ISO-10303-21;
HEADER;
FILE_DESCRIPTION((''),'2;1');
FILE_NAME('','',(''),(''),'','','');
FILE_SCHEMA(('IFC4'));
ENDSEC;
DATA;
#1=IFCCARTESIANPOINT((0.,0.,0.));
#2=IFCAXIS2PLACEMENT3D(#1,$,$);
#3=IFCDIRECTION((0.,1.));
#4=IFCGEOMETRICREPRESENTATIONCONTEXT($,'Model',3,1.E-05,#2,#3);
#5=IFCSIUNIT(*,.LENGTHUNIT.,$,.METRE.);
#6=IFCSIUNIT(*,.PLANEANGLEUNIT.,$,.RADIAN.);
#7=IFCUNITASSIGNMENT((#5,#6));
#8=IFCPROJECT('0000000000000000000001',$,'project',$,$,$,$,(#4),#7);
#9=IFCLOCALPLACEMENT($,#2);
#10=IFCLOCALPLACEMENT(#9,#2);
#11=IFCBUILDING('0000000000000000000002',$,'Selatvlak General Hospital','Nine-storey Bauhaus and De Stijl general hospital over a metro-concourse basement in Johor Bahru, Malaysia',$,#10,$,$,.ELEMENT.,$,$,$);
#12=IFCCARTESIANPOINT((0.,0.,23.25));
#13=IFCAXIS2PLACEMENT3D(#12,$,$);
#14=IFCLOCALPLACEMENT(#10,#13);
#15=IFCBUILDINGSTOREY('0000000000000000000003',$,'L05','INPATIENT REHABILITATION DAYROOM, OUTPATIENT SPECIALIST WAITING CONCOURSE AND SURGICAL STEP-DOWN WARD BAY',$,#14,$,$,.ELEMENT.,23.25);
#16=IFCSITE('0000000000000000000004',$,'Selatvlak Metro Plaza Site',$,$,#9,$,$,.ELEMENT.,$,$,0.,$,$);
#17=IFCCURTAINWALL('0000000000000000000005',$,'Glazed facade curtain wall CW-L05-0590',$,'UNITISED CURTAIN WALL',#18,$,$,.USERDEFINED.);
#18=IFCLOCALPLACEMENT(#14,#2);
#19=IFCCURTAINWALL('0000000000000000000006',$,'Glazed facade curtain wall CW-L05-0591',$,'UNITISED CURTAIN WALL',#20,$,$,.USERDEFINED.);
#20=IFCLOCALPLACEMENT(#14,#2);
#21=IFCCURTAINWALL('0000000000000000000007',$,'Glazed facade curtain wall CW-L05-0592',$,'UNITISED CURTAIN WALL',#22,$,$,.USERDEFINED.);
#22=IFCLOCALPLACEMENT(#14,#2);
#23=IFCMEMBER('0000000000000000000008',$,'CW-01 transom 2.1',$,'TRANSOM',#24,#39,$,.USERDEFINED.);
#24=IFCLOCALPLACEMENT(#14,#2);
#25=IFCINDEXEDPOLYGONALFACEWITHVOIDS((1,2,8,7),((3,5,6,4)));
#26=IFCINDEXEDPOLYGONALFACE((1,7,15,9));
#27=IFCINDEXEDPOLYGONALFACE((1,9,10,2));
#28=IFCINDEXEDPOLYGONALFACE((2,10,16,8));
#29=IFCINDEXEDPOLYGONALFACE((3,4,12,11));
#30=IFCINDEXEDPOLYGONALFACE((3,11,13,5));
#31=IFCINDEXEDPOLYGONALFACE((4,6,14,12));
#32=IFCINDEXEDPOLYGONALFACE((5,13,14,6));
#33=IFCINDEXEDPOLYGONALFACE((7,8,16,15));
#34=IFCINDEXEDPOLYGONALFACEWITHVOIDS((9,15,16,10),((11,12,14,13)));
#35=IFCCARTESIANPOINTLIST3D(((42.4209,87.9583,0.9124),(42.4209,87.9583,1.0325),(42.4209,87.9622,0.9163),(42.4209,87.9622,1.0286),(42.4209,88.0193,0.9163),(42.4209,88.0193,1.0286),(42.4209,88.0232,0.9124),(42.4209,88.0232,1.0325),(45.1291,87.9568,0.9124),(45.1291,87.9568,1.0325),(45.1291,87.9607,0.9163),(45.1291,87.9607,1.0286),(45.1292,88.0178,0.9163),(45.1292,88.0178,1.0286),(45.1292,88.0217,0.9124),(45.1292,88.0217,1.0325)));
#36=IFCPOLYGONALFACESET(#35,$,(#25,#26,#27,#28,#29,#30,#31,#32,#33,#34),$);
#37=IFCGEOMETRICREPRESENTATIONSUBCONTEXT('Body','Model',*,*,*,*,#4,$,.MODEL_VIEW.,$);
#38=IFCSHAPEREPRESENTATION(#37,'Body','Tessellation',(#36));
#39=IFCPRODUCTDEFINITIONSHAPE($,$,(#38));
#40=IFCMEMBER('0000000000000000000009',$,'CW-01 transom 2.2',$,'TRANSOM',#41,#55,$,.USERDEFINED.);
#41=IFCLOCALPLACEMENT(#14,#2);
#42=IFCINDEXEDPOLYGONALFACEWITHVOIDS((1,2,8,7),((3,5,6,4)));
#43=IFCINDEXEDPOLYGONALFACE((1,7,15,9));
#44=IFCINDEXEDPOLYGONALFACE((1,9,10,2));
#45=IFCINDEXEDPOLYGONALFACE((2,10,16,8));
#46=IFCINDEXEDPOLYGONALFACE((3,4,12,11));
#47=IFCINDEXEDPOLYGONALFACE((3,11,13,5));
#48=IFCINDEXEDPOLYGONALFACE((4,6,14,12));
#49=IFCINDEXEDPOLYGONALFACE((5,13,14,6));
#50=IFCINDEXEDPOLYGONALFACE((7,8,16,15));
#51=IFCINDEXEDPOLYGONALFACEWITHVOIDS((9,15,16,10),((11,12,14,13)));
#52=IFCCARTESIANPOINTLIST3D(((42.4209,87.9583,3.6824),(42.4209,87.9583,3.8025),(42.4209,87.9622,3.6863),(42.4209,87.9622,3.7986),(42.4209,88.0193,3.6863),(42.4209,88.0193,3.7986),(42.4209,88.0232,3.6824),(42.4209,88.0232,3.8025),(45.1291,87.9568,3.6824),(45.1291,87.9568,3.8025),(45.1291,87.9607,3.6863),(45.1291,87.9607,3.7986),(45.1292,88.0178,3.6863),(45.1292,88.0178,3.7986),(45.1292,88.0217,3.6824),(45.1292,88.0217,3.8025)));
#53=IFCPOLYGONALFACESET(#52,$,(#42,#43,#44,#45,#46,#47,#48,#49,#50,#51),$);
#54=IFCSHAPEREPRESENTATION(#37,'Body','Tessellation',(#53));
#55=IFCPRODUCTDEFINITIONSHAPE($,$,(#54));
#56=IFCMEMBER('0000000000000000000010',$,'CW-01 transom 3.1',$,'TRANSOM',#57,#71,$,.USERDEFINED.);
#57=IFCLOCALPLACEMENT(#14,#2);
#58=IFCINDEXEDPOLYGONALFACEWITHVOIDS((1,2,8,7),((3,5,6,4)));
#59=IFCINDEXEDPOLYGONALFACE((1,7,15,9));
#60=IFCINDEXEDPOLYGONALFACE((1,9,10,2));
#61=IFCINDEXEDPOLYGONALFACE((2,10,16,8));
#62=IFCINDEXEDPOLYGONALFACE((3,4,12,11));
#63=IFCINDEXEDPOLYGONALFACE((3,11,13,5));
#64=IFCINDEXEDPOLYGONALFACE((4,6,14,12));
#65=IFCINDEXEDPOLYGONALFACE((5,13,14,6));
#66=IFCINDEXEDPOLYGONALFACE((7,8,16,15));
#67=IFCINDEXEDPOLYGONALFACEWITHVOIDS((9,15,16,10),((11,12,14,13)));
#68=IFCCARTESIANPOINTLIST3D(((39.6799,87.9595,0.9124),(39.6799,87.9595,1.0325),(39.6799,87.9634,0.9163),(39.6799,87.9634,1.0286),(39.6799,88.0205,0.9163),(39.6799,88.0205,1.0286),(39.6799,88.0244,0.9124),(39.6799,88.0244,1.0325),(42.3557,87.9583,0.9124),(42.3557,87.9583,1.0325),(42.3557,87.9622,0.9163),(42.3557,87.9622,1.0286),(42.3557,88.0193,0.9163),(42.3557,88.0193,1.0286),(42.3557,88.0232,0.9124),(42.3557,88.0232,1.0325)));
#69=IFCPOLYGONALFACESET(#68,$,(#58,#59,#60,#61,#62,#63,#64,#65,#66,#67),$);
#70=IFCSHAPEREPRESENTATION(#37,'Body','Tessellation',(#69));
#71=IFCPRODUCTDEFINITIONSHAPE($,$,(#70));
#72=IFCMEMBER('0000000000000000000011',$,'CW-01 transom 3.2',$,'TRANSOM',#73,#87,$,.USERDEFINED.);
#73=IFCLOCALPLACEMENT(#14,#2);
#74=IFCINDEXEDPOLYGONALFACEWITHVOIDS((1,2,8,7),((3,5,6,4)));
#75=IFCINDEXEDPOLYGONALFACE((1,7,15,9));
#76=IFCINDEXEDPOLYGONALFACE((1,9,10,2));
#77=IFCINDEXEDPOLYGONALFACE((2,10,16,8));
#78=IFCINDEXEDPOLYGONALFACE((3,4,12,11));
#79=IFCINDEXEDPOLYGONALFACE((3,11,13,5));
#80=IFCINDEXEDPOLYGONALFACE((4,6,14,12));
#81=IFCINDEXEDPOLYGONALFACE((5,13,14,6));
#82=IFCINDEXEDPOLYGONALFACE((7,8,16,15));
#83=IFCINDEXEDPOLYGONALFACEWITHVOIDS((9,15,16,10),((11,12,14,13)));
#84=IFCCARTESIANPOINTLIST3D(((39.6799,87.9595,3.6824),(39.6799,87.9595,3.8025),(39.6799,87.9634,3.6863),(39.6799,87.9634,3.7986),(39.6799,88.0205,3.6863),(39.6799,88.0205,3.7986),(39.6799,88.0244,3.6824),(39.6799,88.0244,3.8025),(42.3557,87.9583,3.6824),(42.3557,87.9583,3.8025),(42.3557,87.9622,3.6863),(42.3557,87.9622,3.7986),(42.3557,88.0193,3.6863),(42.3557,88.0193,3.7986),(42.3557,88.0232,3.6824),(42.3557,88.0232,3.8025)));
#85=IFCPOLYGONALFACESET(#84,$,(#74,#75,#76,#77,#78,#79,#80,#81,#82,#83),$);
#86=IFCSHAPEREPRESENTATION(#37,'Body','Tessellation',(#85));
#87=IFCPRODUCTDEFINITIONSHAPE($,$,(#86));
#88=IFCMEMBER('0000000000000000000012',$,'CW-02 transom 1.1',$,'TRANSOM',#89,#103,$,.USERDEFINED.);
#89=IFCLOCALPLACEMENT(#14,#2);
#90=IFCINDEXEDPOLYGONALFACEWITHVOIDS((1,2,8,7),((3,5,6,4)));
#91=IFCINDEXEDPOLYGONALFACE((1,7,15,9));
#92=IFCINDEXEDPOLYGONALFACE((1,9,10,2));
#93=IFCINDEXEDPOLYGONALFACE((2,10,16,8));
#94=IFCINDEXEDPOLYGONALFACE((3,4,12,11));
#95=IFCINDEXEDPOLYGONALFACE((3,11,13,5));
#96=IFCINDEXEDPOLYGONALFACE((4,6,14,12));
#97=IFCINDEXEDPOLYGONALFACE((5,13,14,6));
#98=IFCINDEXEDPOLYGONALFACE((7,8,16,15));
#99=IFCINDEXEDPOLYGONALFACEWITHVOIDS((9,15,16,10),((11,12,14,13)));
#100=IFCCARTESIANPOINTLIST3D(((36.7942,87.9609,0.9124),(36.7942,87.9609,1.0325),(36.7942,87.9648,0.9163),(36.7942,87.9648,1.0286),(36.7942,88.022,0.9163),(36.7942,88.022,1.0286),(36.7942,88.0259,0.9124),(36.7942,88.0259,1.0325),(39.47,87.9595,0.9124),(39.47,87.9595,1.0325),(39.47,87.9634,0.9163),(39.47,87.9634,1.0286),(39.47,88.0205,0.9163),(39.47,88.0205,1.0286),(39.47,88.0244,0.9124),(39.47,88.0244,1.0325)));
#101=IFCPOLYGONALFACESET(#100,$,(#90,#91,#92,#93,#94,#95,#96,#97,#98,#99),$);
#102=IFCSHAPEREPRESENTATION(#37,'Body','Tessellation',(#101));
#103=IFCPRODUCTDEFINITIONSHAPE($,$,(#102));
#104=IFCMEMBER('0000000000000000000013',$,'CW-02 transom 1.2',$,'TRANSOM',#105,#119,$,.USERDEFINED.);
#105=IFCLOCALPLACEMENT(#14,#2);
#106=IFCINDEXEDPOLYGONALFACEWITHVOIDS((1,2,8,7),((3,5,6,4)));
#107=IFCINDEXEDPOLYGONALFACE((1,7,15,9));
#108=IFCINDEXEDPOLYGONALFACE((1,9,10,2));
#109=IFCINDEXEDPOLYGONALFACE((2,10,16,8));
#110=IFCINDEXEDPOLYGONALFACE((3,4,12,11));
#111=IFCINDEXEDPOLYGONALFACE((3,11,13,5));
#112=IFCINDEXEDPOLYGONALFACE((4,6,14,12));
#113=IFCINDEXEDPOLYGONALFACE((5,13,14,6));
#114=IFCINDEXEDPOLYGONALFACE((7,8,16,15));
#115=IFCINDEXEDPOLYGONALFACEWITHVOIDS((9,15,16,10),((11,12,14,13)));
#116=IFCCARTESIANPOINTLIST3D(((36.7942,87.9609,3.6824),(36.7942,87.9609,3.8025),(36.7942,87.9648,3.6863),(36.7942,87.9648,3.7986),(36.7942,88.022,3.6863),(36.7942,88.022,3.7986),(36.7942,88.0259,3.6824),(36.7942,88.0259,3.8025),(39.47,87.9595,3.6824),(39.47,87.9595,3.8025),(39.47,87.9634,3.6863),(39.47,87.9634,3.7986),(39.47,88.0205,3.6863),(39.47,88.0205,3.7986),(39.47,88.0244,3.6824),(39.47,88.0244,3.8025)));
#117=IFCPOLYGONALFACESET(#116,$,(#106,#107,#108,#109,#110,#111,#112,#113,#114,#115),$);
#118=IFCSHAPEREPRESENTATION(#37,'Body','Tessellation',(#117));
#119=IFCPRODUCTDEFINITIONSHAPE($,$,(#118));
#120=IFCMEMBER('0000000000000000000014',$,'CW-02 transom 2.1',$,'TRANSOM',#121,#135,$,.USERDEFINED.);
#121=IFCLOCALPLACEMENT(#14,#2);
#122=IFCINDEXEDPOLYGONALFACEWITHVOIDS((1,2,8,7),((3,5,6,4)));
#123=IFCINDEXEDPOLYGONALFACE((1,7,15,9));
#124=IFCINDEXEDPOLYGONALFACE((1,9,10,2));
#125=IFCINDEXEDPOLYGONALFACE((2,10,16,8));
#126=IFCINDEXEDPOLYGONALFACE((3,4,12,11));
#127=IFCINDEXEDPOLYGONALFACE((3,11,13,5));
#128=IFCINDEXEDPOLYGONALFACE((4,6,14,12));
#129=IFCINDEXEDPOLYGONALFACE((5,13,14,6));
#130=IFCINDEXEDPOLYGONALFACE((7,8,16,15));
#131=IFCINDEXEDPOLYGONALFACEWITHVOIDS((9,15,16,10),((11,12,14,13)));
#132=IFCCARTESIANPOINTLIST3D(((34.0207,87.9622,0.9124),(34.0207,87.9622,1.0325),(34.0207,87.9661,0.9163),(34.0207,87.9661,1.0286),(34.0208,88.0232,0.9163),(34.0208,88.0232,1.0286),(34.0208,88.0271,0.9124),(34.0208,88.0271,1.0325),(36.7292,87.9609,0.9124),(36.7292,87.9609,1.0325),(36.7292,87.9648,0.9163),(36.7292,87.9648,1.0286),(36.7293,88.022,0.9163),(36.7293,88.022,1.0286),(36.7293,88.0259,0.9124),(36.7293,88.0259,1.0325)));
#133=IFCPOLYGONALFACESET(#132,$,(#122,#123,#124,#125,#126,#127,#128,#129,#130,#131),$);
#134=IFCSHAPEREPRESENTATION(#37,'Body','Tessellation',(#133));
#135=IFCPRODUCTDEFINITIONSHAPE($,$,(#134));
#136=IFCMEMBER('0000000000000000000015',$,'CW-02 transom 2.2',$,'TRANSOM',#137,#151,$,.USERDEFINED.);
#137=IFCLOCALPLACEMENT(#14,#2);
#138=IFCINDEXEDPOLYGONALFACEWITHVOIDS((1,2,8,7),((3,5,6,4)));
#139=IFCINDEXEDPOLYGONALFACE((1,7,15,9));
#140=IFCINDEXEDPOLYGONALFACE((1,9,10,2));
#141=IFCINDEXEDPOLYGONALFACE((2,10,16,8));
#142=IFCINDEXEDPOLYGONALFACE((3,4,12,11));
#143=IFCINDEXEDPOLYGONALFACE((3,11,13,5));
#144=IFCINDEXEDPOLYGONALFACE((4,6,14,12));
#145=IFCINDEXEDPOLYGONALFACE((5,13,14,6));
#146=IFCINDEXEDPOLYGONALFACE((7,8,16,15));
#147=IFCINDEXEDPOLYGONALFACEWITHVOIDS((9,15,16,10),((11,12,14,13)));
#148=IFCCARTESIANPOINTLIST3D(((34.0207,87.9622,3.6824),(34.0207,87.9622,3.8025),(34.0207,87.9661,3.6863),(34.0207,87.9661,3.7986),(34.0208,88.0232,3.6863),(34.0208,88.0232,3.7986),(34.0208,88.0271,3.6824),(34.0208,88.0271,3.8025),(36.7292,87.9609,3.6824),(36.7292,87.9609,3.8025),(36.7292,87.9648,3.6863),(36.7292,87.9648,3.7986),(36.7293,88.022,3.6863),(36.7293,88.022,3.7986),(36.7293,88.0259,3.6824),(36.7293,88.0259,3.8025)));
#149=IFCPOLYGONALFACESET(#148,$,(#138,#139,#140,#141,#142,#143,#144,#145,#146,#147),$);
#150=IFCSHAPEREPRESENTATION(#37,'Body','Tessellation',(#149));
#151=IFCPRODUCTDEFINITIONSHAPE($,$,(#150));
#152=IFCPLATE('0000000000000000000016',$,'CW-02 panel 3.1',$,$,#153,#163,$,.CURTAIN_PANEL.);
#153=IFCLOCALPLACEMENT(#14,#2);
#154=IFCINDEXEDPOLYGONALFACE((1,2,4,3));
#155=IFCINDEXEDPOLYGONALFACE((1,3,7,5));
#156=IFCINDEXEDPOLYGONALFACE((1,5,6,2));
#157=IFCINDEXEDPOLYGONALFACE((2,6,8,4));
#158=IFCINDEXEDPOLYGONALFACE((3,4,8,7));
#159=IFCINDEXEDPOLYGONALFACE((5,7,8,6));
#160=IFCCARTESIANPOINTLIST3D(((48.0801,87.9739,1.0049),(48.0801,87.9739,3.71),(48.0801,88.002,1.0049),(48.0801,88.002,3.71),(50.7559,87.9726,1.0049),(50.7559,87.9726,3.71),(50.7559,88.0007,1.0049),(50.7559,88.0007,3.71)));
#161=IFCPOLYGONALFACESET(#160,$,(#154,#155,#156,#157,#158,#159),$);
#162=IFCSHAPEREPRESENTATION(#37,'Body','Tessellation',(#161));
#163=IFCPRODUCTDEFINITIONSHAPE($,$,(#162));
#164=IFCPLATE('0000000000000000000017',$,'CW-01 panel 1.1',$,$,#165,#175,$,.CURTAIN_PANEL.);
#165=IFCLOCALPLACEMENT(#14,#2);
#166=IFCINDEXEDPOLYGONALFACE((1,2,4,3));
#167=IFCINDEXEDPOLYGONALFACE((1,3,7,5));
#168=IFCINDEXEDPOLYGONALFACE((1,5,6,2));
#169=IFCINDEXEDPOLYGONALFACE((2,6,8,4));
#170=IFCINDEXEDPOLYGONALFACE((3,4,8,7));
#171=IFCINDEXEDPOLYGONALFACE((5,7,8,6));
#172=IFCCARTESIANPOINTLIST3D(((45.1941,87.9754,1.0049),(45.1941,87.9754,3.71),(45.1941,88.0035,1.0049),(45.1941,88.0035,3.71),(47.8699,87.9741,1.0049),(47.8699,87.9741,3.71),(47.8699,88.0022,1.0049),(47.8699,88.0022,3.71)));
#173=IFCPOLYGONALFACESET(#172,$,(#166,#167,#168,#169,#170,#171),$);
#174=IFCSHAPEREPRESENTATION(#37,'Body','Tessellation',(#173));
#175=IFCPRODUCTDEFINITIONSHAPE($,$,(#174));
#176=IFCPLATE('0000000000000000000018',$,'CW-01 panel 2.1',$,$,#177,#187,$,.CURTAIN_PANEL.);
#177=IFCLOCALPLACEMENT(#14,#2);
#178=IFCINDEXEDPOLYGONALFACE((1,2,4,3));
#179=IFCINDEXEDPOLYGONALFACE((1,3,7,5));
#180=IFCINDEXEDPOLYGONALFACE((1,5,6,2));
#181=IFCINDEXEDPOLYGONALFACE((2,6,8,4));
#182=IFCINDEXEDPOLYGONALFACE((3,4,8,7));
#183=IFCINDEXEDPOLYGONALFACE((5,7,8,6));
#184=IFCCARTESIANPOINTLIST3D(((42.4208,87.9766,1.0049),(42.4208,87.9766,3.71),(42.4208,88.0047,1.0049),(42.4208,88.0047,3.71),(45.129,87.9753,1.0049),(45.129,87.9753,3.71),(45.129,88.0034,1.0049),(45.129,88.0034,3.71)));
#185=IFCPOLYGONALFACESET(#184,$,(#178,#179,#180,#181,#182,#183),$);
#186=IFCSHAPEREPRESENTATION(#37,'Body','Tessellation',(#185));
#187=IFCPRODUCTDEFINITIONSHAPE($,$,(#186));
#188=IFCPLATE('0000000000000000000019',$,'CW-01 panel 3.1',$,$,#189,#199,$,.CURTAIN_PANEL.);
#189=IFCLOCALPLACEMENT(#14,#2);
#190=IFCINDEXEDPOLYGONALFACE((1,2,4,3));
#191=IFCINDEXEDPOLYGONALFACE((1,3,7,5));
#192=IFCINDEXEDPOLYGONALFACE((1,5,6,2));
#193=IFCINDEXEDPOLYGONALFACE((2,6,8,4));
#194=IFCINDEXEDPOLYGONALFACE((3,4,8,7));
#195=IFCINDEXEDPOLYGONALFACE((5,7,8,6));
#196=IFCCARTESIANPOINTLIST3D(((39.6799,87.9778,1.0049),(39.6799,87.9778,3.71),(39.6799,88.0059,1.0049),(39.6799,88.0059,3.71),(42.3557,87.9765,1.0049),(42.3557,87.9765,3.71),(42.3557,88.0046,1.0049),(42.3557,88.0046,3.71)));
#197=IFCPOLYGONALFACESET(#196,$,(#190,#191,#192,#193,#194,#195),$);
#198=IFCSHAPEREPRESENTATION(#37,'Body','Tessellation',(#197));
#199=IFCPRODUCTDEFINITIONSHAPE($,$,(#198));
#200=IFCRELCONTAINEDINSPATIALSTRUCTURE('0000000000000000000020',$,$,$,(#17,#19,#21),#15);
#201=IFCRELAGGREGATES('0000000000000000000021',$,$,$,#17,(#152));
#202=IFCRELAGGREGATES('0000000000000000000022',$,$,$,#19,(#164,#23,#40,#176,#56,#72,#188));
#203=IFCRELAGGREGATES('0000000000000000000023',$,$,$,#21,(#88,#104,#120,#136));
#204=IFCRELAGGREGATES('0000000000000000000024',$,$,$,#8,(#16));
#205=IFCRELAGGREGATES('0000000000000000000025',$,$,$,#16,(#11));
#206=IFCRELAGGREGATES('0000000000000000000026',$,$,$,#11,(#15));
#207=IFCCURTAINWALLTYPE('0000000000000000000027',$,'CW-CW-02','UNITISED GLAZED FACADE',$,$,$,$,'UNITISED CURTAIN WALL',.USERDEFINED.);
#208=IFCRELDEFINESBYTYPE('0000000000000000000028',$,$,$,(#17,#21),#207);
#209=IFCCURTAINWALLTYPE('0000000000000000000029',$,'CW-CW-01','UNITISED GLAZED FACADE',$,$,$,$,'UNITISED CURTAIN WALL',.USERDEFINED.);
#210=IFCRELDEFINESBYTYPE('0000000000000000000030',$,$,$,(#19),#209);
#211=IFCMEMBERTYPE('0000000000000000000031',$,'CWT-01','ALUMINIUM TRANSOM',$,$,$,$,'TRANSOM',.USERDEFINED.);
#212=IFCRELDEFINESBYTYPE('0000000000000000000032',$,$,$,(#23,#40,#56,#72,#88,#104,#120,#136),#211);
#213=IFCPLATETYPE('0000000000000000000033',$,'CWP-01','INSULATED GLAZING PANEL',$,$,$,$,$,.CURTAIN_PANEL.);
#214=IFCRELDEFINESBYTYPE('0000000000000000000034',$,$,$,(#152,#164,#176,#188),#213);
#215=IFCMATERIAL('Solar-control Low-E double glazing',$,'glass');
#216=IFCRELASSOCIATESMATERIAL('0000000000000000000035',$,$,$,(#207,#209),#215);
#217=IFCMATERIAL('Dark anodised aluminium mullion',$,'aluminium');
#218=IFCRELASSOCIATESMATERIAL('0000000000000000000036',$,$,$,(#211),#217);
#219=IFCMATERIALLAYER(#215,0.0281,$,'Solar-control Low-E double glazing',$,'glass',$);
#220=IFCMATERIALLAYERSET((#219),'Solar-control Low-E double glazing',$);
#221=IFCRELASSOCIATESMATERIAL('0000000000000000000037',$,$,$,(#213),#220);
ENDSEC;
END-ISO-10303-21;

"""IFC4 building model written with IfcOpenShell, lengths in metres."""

from ifc_helpers import new_model, si_unit, direction, frame, origin, origin_2d, place, context, subcontext, project, spatial, rectangle, hollow_rectangle, extrude, material, layer, layer_set, material_profile, profile_set, type_object, element, aggregate, save


model = new_model("IFC4")

# Units and contexts
model_context = context("Model", 3, precision=1e-05, world=origin(), true_north=direction((0.0, 1.0)))
body_context = subcontext(model_context, "Body", "Model", "MODEL_VIEW")
ifc_project = project(units=[si_unit("LENGTHUNIT", "METRE"), si_unit("PLANEANGLEUNIT", "RADIAN")], contexts=[model_context])

# Site, building, storey
site_placement = place(None, origin())
site = spatial("IfcSite", under=ifc_project, at=site_placement, Name="Selatvlak Metro Plaza Site", CompositionType="ELEMENT", RefElevation=0.0)
building_placement = place(site_placement, origin())
building = spatial("IfcBuilding", under=site, at=building_placement, Name="Selatvlak General Hospital", Description="Nine-storey Bauhaus and De Stijl general hospital over a metro-concourse basement in Johor Bahru, Malaysia", CompositionType="ELEMENT")
storey_placement = place(building_placement, frame((0.0, 0.0, 23.25)))
storey = spatial("IfcBuildingStorey", under=building, at=storey_placement, Name="L05", Description="INPATIENT REHABILITATION DAYROOM, OUTPATIENT SPECIALIST WAITING CONCOURSE AND SURGICAL STEP-DOWN WARD BAY", CompositionType="ELEMENT", Elevation=23.25)

# Curtain wall
ifc_material_1 = material(Name="Solar-control Low-E double glazing", Category="glass")
curtain_wall_type_1 = type_object("IfcCurtainWallType", Name="CW-CW-02", Description="UNITISED GLAZED FACADE", ElementType="UNITISED CURTAIN WALL", PredefinedType="USERDEFINED", material=ifc_material_1)
curtain_wall_1_placement = place(storey_placement, origin())
curtain_wall_1 = element("IfcCurtainWall", 1, at=curtain_wall_1_placement, inside=storey, type_object=curtain_wall_type_1, Name="Glazed facade curtain wall CW-L05-0590", ObjectType="UNITISED CURTAIN WALL", PredefinedType="USERDEFINED")
ifc_material_2 = material(Name="Dark anodised aluminium mullion", Category="aluminium")

# Curtain walls
curtain_wall_type_2 = type_object("IfcCurtainWallType", Name="CW-CW-01", Description="UNITISED GLAZED FACADE", ElementType="UNITISED CURTAIN WALL", PredefinedType="USERDEFINED", material=ifc_material_1)
curtain_wall_2_placement = place(storey_placement, origin())
curtain_wall_2 = element("IfcCurtainWall", 2, at=curtain_wall_2_placement, inside=storey, type_object=curtain_wall_type_2, Name="Glazed facade curtain wall CW-L05-0591", ObjectType="UNITISED CURTAIN WALL", PredefinedType="USERDEFINED")
curtain_wall_3_placement = place(storey_placement, origin())
curtain_wall_3 = element("IfcCurtainWall", 3, at=curtain_wall_3_placement, inside=storey, type_object=curtain_wall_type_1, Name="Glazed facade curtain wall CW-L05-0592", ObjectType="UNITISED CURTAIN WALL", PredefinedType="USERDEFINED")

# Members
ifc_material_profile_1 = material_profile(ifc_material_2, hollow_rectangle(XDim=0.0649, YDim=0.1201, WallThickness=0.0039, at=origin_2d()), Name="AL-TRN 65x120x4")
ifc_profile_set_1 = profile_set([ifc_material_profile_1], Name="Dark anodised aluminium mullion")
member_type_1 = type_object("IfcMemberType", Name="CWT-01", Description="ALUMINIUM TRANSOM", ElementType="TRANSOM", PredefinedType="USERDEFINED", material=ifc_profile_set_1)
member_1_placement = place(storey_placement, frame((45.1292, 87.9893, 0.9724), z_axis=(-1.0, 0.000541, 0.0), x_axis=(-0.000541, -1.0, 0.0)))
member_1 = element("IfcMember", 4, at=member_1_placement, type_object=member_type_1, Name="CW-01 transom 2.1", ObjectType="TRANSOM", PredefinedType="USERDEFINED", context=body_context, shape_type="SweptSolid", body=[
    extrude(hollow_rectangle(XDim=0.0649, YDim=0.1201, WallThickness=0.0039, at=origin_2d()), origin(), (0.0, 0.0, 1.0), 2.7083),
])
member_2_placement = place(storey_placement, frame((45.1292, 87.9893, 3.7424), z_axis=(-1.0, 0.000541, 0.0), x_axis=(-0.000541, -1.0, 0.0)))
member_2 = element("IfcMember", 5, at=member_2_placement, type_object=member_type_1, Name="CW-01 transom 2.2", ObjectType="TRANSOM", PredefinedType="USERDEFINED", context=body_context, shape_type="SweptSolid", body=[
    extrude(hollow_rectangle(XDim=0.0649, YDim=0.1201, WallThickness=0.0039, at=origin_2d()), origin(), (0.0, 0.0, 1.0), 2.7083),
])
member_3_placement = place(storey_placement, frame((42.3557, 87.9907, 0.9724), z_axis=(-1.0, 0.000456, 0.0), x_axis=(-0.000456, -1.0, 0.0)))
member_3 = element("IfcMember", 6, at=member_3_placement, type_object=member_type_1, Name="CW-01 transom 3.1", ObjectType="TRANSOM", PredefinedType="USERDEFINED", context=body_context, shape_type="SweptSolid", body=[
    extrude(hollow_rectangle(XDim=0.0649, YDim=0.1201, WallThickness=0.0039, at=origin_2d()), origin(), (0.0, 0.0, 1.0), 2.6758),
])
member_4_placement = place(storey_placement, frame((42.3557, 87.9907, 3.7424), z_axis=(-1.0, 0.000456, 0.0), x_axis=(-0.000456, -1.0, 0.0)))
member_4 = element("IfcMember", 7, at=member_4_placement, type_object=member_type_1, Name="CW-01 transom 3.2", ObjectType="TRANSOM", PredefinedType="USERDEFINED", context=body_context, shape_type="SweptSolid", body=[
    extrude(hollow_rectangle(XDim=0.0649, YDim=0.1201, WallThickness=0.0039, at=origin_2d()), origin(), (0.0, 0.0, 1.0), 2.6758),
])
member_5_placement = place(storey_placement, frame((39.47, 87.9919, 0.9724), z_axis=(-1.0, 0.000547, 0.0), x_axis=(-0.000547, -1.0, 0.0)))
member_5 = element("IfcMember", 8, at=member_5_placement, type_object=member_type_1, Name="CW-02 transom 1.1", ObjectType="TRANSOM", PredefinedType="USERDEFINED", context=body_context, shape_type="SweptSolid", body=[
    extrude(hollow_rectangle(XDim=0.0649, YDim=0.1201, WallThickness=0.0039, at=origin_2d()), origin(), (0.0, 0.0, 1.0), 2.6758),
])
member_6_placement = place(storey_placement, frame((39.47, 87.9919, 3.7424), z_axis=(-1.0, 0.000547, 0.0), x_axis=(-0.000547, -1.0, 0.0)))
member_6 = element("IfcMember", 9, at=member_6_placement, type_object=member_type_1, Name="CW-02 transom 1.2", ObjectType="TRANSOM", PredefinedType="USERDEFINED", context=body_context, shape_type="SweptSolid", body=[
    extrude(hollow_rectangle(XDim=0.0649, YDim=0.1201, WallThickness=0.0039, at=origin_2d()), origin(), (0.0, 0.0, 1.0), 2.6758),
])
member_7_placement = place(storey_placement, frame((36.7292, 87.9934, 0.9724), z_axis=(-1.0, 0.000451, 0.0), x_axis=(-0.000451, -1.0, 0.0)))
member_7 = element("IfcMember", 10, at=member_7_placement, type_object=member_type_1, Name="CW-02 transom 2.1", ObjectType="TRANSOM", PredefinedType="USERDEFINED", context=body_context, shape_type="SweptSolid", body=[
    extrude(hollow_rectangle(XDim=0.0649, YDim=0.1201, WallThickness=0.0039, at=origin_2d()), origin(), (0.0, 0.0, 1.0), 2.7085),
])
member_8_placement = place(storey_placement, frame((36.7292, 87.9934, 3.7424), z_axis=(-1.0, 0.000451, 0.0), x_axis=(-0.000451, -1.0, 0.0)))
member_8 = element("IfcMember", 11, at=member_8_placement, type_object=member_type_1, Name="CW-02 transom 2.2", ObjectType="TRANSOM", PredefinedType="USERDEFINED", context=body_context, shape_type="SweptSolid", body=[
    extrude(hollow_rectangle(XDim=0.0649, YDim=0.1201, WallThickness=0.0039, at=origin_2d()), origin(), (0.0, 0.0, 1.0), 2.7085),
])

# Plates
ifc_layer_1 = layer(ifc_material_1, 0.0281, Name="Solar-control Low-E double glazing", Category="glass")
ifc_layer_set_1 = layer_set([ifc_layer_1], Name="Solar-control Low-E double glazing")
plate_type = type_object("IfcPlateType", Name="CWP-01", Description="INSULATED GLAZING PANEL", PredefinedType="CURTAIN_PANEL", material=ifc_layer_set_1)
plate_1_placement = place(storey_placement, frame((49.418, 87.9873, 1.0049), z_axis=(0.0, 0.0, 1.0), x_axis=(-1.0, 0.000481, 0.0)))
plate_1 = element("IfcPlate", 12, at=plate_1_placement, type_object=plate_type, Name="CW-02 panel 3.1", PredefinedType="CURTAIN_PANEL", context=body_context, shape_type="SweptSolid", body=[
    extrude(rectangle(XDim=2.6758, YDim=0.0281, at=origin_2d()), origin(), (0.0, 0.0, 1.0), 2.7051),
])
aggregate(curtain_wall_1, [plate_1])
plate_2_placement = place(storey_placement, frame((46.532, 87.9888, 1.0049), z_axis=(0.0, 0.0, 1.0), x_axis=(-1.0, 0.000481, 0.0)))
plate_2 = element("IfcPlate", 13, at=plate_2_placement, type_object=plate_type, Name="CW-01 panel 1.1", PredefinedType="CURTAIN_PANEL", context=body_context, shape_type="SweptSolid", body=[
    extrude(rectangle(XDim=2.6758, YDim=0.0281, at=origin_2d()), origin(), (0.0, 0.0, 1.0), 2.7051),
])
plate_3_placement = place(storey_placement, frame((43.7749, 87.99, 1.0049), z_axis=(0.0, 0.0, 1.0), x_axis=(-1.0, 0.000481, 0.0)))
plate_3 = element("IfcPlate", 14, at=plate_3_placement, type_object=plate_type, Name="CW-01 panel 2.1", PredefinedType="CURTAIN_PANEL", context=body_context, shape_type="SweptSolid", body=[
    extrude(rectangle(XDim=2.7083, YDim=0.0281, at=origin_2d()), origin(), (0.0, 0.0, 1.0), 2.7051),
])
plate_4_placement = place(storey_placement, frame((41.0178, 87.9912, 1.0049), z_axis=(0.0, 0.0, 1.0), x_axis=(-1.0, 0.000481, 0.0)))
plate_4 = element("IfcPlate", 15, at=plate_4_placement, type_object=plate_type, Name="CW-01 panel 3.1", PredefinedType="CURTAIN_PANEL", context=body_context, shape_type="SweptSolid", body=[
    extrude(rectangle(XDim=2.6758, YDim=0.0281, at=origin_2d()), origin(), (0.0, 0.0, 1.0), 2.7051),
])
aggregate(curtain_wall_2, [plate_2, member_1, member_2, plate_3, member_3, member_4, plate_4])
aggregate(curtain_wall_3, [member_5, member_6, member_7, member_8])

save(model, "model.ifc")
